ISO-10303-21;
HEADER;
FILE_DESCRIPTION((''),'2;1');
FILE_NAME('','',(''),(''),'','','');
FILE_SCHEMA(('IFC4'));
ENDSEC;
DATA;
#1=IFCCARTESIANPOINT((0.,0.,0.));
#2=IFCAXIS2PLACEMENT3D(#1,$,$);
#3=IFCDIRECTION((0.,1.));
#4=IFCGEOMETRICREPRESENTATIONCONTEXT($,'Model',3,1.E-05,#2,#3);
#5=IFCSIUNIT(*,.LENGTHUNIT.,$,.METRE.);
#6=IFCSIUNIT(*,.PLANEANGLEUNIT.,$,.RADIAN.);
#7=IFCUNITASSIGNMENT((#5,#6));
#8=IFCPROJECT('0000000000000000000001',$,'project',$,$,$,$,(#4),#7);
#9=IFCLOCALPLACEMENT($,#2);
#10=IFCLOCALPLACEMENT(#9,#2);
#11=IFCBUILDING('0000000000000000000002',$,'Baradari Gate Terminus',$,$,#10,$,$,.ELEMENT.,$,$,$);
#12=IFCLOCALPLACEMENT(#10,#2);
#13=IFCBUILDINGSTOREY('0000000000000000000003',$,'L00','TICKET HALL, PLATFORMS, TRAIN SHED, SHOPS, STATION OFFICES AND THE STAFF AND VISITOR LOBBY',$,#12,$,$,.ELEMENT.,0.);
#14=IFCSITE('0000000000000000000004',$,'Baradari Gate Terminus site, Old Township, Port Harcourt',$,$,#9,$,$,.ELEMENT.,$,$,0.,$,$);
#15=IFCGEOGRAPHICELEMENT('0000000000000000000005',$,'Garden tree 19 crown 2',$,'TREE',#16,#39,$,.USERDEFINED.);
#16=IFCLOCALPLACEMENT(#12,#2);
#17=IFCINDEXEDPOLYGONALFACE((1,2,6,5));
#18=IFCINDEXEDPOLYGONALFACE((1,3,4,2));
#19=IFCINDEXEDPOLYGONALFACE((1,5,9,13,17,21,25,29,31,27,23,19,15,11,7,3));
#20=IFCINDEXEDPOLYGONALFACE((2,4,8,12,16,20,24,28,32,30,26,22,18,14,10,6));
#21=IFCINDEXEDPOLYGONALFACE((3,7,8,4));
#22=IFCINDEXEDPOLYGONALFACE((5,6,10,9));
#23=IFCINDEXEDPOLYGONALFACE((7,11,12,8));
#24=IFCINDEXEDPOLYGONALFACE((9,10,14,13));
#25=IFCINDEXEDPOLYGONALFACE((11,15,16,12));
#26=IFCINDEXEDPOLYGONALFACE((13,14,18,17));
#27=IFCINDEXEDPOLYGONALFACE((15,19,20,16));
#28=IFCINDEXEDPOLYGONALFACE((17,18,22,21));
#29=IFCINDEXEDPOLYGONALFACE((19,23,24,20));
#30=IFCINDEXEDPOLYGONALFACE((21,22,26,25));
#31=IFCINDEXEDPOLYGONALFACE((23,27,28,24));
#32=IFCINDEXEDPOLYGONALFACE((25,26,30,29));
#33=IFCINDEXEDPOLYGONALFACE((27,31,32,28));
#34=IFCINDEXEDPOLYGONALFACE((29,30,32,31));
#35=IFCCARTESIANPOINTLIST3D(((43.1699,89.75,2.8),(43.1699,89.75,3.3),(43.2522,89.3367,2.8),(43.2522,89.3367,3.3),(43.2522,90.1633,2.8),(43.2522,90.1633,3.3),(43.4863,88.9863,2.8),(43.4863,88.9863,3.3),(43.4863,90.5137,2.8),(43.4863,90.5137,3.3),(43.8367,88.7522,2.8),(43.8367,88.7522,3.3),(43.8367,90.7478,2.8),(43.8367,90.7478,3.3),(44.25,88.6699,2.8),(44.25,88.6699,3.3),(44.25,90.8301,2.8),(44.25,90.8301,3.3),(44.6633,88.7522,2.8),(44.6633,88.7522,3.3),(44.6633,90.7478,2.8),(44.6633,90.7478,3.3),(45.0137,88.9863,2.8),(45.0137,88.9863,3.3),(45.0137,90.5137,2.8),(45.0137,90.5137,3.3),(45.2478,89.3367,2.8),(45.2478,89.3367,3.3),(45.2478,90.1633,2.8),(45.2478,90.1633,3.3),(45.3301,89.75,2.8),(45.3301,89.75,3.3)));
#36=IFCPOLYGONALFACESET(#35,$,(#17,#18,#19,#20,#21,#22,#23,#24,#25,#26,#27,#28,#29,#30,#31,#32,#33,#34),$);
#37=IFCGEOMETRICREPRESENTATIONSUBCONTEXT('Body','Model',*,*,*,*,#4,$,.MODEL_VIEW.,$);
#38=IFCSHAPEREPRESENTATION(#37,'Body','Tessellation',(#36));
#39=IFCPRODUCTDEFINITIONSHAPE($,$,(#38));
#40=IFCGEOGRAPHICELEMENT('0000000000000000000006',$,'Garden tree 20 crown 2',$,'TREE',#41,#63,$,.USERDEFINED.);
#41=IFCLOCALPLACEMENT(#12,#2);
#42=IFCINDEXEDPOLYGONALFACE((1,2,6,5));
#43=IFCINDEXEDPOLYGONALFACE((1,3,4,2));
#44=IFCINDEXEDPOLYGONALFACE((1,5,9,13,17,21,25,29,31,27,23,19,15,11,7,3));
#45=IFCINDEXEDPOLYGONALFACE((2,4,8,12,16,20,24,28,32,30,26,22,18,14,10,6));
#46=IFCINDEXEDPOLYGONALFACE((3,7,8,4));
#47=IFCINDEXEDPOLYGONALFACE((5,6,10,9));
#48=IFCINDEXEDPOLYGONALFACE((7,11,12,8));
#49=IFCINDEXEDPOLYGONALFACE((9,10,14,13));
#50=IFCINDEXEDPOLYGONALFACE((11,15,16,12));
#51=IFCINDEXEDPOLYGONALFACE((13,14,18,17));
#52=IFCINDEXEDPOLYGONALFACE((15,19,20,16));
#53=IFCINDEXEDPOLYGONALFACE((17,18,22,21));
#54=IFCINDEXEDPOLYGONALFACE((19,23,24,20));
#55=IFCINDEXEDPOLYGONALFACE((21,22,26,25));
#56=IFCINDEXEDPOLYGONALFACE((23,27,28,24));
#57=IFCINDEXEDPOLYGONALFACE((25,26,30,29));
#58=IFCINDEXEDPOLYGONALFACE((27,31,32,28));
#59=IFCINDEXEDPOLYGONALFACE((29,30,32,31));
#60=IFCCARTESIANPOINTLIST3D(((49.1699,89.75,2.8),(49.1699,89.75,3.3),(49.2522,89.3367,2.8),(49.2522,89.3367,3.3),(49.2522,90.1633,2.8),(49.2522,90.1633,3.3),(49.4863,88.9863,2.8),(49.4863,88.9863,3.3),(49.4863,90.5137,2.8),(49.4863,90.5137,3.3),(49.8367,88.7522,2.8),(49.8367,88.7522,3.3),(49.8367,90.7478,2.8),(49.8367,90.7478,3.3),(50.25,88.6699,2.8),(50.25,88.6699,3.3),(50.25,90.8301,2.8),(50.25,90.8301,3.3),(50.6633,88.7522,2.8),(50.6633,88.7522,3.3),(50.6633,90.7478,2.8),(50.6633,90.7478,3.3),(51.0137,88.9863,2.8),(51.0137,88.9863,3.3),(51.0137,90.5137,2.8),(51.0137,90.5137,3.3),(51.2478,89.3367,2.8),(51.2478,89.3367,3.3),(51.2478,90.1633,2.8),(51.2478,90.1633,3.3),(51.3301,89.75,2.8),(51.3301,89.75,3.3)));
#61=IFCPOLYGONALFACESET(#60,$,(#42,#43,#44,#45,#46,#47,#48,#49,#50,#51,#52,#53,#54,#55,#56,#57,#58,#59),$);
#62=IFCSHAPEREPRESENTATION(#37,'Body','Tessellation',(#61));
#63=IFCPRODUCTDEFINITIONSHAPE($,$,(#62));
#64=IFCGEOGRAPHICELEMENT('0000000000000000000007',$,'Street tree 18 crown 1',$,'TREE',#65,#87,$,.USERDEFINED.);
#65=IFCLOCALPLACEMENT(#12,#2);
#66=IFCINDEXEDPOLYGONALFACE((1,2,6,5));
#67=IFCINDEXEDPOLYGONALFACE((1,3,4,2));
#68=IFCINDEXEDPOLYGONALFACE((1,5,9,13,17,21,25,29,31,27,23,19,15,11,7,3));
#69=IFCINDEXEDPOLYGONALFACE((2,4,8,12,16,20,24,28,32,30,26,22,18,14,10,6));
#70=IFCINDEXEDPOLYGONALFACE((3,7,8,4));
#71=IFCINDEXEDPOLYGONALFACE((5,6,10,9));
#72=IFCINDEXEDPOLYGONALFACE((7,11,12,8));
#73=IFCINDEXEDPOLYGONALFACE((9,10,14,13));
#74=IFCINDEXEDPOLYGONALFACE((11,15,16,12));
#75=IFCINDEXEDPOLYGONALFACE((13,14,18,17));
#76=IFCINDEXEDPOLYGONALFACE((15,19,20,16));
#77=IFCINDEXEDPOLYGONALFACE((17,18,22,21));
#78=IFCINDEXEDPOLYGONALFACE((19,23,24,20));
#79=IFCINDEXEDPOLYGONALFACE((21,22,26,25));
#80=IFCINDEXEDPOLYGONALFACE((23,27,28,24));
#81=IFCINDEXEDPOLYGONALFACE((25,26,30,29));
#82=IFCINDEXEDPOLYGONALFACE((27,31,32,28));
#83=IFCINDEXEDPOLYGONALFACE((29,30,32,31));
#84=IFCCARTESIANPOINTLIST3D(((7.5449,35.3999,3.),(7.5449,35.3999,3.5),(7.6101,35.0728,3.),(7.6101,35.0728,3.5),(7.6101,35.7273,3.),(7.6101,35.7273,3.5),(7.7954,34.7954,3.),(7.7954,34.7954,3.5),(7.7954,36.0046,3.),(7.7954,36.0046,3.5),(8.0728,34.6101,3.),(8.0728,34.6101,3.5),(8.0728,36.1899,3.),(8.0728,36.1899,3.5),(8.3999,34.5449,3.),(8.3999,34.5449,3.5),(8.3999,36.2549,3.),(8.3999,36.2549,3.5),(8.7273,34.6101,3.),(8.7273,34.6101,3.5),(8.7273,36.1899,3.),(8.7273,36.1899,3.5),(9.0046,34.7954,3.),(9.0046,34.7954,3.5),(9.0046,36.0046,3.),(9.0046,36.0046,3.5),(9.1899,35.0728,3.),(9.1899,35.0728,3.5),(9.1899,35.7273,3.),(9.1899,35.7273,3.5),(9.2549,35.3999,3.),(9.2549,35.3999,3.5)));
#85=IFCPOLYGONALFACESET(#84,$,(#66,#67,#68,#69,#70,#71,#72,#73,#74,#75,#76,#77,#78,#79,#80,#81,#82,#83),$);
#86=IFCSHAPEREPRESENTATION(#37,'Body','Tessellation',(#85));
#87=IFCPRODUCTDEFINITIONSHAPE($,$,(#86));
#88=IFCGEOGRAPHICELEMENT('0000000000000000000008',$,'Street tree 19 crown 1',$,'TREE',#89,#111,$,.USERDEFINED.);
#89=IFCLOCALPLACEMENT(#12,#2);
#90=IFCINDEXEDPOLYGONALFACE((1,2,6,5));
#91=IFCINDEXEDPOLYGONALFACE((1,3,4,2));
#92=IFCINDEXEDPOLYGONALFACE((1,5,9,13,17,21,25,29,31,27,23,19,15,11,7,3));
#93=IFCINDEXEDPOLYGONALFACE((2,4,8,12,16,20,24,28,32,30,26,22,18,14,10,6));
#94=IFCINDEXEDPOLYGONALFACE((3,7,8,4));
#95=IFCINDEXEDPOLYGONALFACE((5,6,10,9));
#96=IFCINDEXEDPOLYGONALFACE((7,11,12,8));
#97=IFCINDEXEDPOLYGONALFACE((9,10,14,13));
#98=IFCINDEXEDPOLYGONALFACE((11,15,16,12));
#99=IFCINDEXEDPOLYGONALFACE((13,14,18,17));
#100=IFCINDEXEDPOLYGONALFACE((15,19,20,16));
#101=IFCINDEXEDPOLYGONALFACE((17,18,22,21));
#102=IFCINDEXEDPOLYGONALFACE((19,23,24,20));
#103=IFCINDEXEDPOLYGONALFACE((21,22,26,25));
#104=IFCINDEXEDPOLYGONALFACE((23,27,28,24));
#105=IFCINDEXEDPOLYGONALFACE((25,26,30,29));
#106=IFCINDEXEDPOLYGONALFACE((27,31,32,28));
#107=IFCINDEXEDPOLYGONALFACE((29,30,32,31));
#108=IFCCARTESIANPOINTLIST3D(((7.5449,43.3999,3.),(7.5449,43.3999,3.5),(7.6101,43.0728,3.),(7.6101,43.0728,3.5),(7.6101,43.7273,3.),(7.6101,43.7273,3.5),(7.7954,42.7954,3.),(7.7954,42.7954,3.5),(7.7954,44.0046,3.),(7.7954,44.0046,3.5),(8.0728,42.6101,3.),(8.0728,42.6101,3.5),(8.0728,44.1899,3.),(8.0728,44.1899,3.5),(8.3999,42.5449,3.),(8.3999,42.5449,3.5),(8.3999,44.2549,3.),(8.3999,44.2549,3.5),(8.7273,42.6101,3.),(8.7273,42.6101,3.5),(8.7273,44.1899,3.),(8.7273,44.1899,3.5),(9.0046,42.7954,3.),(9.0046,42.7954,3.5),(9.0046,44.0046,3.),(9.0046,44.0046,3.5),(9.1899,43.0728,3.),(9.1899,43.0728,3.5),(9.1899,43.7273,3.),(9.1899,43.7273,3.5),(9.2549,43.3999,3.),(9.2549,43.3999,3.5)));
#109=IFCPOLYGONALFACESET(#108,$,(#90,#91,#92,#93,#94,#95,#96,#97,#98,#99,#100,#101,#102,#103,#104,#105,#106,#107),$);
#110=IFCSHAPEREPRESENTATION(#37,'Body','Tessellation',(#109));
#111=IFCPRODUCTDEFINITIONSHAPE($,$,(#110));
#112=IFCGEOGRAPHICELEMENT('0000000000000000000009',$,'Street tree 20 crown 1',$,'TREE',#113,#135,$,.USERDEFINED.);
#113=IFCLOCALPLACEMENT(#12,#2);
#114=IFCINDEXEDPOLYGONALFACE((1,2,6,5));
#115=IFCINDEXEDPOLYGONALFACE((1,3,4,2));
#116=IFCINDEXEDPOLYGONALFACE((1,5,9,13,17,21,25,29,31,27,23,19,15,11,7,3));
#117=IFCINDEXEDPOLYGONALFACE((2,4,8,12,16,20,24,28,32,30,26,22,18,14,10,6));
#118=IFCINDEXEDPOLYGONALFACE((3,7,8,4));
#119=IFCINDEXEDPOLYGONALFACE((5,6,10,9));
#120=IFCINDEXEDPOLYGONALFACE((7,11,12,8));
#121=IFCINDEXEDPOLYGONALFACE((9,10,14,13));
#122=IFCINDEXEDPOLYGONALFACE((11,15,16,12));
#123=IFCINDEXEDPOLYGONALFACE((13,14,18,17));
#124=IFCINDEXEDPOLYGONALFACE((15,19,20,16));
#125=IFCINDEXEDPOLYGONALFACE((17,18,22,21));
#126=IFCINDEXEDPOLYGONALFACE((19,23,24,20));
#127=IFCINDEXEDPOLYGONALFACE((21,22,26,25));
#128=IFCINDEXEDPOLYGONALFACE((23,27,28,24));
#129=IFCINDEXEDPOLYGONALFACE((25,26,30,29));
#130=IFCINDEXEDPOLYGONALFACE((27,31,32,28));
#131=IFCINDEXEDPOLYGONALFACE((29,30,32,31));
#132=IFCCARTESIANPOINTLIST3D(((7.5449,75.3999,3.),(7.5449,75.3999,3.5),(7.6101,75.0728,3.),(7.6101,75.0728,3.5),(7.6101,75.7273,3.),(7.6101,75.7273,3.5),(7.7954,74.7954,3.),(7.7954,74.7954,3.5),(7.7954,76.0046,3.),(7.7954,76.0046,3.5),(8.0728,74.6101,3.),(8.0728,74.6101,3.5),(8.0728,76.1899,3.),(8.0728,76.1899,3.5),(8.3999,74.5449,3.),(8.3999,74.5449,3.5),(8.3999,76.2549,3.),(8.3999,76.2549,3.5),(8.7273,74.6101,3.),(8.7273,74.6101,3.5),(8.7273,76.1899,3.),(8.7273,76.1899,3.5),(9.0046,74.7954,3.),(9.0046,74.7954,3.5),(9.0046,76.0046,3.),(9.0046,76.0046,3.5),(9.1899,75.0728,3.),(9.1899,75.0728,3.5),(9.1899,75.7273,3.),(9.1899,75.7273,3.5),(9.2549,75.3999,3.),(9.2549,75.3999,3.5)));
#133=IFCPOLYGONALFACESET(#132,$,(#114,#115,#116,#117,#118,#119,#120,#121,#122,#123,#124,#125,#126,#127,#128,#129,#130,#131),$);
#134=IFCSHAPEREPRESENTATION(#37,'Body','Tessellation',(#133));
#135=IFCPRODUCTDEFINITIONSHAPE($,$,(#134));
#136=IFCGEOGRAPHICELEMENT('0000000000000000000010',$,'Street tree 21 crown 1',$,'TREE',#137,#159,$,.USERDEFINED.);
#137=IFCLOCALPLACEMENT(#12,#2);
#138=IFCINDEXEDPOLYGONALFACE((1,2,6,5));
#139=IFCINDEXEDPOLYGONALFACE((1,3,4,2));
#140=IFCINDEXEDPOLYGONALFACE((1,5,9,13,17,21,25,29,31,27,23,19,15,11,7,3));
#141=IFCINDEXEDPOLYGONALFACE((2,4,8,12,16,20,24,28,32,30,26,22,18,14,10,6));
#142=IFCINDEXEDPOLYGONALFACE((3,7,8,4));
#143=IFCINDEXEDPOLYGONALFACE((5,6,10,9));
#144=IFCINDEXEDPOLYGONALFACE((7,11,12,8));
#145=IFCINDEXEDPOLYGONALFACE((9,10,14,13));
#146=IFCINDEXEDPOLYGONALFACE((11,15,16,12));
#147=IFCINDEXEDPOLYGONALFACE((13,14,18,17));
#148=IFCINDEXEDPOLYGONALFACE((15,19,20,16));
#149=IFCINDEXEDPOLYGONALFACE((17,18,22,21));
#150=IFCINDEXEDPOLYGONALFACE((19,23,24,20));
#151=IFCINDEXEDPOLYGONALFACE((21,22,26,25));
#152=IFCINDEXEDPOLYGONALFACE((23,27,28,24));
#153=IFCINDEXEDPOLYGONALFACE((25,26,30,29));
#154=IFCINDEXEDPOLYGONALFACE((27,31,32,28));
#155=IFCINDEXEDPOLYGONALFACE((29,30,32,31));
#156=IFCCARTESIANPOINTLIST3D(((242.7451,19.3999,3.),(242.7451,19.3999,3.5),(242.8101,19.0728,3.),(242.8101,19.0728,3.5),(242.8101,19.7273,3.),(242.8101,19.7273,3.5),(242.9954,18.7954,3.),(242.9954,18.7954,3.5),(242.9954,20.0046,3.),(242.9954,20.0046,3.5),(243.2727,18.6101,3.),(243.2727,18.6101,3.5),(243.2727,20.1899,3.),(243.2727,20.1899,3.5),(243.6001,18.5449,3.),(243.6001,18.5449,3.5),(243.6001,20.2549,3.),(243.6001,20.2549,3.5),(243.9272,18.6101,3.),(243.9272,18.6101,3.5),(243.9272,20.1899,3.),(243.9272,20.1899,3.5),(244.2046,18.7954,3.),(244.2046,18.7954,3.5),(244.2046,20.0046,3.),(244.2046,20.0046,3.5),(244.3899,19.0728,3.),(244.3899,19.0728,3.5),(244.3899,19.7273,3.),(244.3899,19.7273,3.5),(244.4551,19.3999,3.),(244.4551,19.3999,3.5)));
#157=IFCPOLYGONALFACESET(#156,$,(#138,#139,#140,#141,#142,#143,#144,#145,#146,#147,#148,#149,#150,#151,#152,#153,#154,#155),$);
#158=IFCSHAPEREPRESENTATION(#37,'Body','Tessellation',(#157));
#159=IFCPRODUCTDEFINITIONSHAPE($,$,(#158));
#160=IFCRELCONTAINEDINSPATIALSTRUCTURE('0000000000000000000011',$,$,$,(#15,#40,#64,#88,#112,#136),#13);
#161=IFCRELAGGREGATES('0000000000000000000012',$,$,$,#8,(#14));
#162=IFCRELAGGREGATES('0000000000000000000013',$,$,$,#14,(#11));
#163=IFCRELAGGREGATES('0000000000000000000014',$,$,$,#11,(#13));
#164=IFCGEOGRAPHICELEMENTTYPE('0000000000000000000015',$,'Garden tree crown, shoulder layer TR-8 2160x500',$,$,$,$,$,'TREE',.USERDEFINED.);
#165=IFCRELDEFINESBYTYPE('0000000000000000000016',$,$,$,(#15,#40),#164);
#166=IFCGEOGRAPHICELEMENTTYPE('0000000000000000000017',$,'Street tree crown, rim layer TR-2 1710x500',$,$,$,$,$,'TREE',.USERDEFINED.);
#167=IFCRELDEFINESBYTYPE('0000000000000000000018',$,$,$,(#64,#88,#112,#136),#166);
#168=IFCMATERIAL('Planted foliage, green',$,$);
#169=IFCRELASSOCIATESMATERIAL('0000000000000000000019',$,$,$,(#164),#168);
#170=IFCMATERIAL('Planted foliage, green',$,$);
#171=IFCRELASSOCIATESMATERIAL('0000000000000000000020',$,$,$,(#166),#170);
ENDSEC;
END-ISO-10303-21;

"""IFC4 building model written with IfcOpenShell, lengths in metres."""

from ifc_helpers import new_model, si_unit, direction, frame, origin, place, context, subcontext, project, spatial, polyline, outline, extrude, material, type_object, element, save


model = new_model("IFC4")

# Units and contexts
model_context = context("Model", 3, precision=1e-05, world=origin(), true_north=direction((0.0, 1.0)))
body_context = subcontext(model_context, "Body", "Model", "MODEL_VIEW")
ifc_project = project(units=[si_unit("LENGTHUNIT", "METRE"), si_unit("PLANEANGLEUNIT", "RADIAN")], contexts=[model_context])

# Site, building, storey
site_placement = place(None, origin())
site = spatial("IfcSite", under=ifc_project, at=site_placement, Name="Baradari Gate Terminus site, Old Township, Port Harcourt", CompositionType="ELEMENT", RefElevation=0.0)
building_placement = place(site_placement, origin())
building = spatial("IfcBuilding", under=site, at=building_placement, Name="Baradari Gate Terminus", CompositionType="ELEMENT")
storey_placement = place(building_placement, origin())
storey = spatial("IfcBuildingStorey", under=building, at=storey_placement, Name="L00", Description="TICKET HALL, PLATFORMS, TRAIN SHED, SHOPS, STATION OFFICES AND THE STAFF AND VISITOR LOBBY", CompositionType="ELEMENT", Elevation=0.0)

# Geographic elements
ifc_material_1 = material(Name="Planted foliage, green")
geographic_element_type_1 = type_object("IfcGeographicElementType", Name="Garden tree crown, shoulder layer TR-8 2160x500", ElementType="TREE", PredefinedType="USERDEFINED", material=ifc_material_1)
geographic_element_1_placement = place(storey_placement, frame((0.0, 0.0, 2.8)))
element("IfcGeographicElement", 1, at=geographic_element_1_placement, inside=storey, type_object=geographic_element_type_1, Name="Garden tree 19 crown 2", ObjectType="TREE", PredefinedType="USERDEFINED", context=body_context, shape_type="SweptSolid", body=[
    extrude(outline(polyline([(45.3301, 89.75), (45.2478, 90.1633), (45.0137, 90.5137), (44.6633, 90.7478), (44.25, 90.8301), (43.8367, 90.7478), (43.4863, 90.5137), (43.2522, 90.1633), (43.1699, 89.75), (43.2522, 89.3367), (43.4863, 88.9863), (43.8367, 88.7522), (44.25, 88.6699), (44.6633, 88.7522), (45.0137, 88.9863), (45.2478, 89.3367), (45.3301, 89.75)])), origin(), (0.0, 0.0, 1.0), 0.5),
])
geographic_element_2_placement = place(storey_placement, frame((0.0, 0.0, 2.8)))
element("IfcGeographicElement", 2, at=geographic_element_2_placement, inside=storey, type_object=geographic_element_type_1, Name="Garden tree 20 crown 2", ObjectType="TREE", PredefinedType="USERDEFINED", context=body_context, shape_type="SweptSolid", body=[
    extrude(outline(polyline([(51.3301, 89.75), (51.2478, 90.1633), (51.0137, 90.5137), (50.6633, 90.7478), (50.25, 90.8301), (49.8367, 90.7478), (49.4863, 90.5137), (49.2522, 90.1633), (49.1699, 89.75), (49.2522, 89.3367), (49.4863, 88.9863), (49.8367, 88.7522), (50.25, 88.6699), (50.6633, 88.7522), (51.0137, 88.9863), (51.2478, 89.3367), (51.3301, 89.75)])), origin(), (0.0, 0.0, 1.0), 0.5),
])
ifc_material_2 = material(Name="Planted foliage, green")
geographic_element_type_2 = type_object("IfcGeographicElementType", Name="Street tree crown, rim layer TR-2 1710x500", ElementType="TREE", PredefinedType="USERDEFINED", material=ifc_material_2)
geographic_element_3_placement = place(storey_placement, frame((0.0, 0.0, 3.0)))
element("IfcGeographicElement", 3, at=geographic_element_3_placement, inside=storey, type_object=geographic_element_type_2, Name="Street tree 18 crown 1", ObjectType="TREE", PredefinedType="USERDEFINED", context=body_context, shape_type="SweptSolid", body=[
    extrude(outline(polyline([(9.2549, 35.3999), (9.1899, 35.7273), (9.0046, 36.0046), (8.7273, 36.1899), (8.3999, 36.2549), (8.0728, 36.1899), (7.7954, 36.0046), (7.6101, 35.7273), (7.5449, 35.3999), (7.6101, 35.0728), (7.7954, 34.7954), (8.0728, 34.6101), (8.3999, 34.5449), (8.7273, 34.6101), (9.0046, 34.7954), (9.1899, 35.0728), (9.2549, 35.3999)])), origin(), (0.0, 0.0, 1.0), 0.5),
])
geographic_element_4_placement = place(storey_placement, frame((0.0, 0.0, 3.0)))
element("IfcGeographicElement", 4, at=geographic_element_4_placement, inside=storey, type_object=geographic_element_type_2, Name="Street tree 19 crown 1", ObjectType="TREE", PredefinedType="USERDEFINED", context=body_context, shape_type="SweptSolid", body=[
    extrude(outline(polyline([(9.2549, 43.3999), (9.1899, 43.7273), (9.0046, 44.0046), (8.7273, 44.1899), (8.3999, 44.2549), (8.0728, 44.1899), (7.7954, 44.0046), (7.6101, 43.7273), (7.5449, 43.3999), (7.6101, 43.0728), (7.7954, 42.7954), (8.0728, 42.6101), (8.3999, 42.5449), (8.7273, 42.6101), (9.0046, 42.7954), (9.1899, 43.0728), (9.2549, 43.3999)])), origin(), (0.0, 0.0, 1.0), 0.5),
])
geographic_element_5_placement = place(storey_placement, frame((0.0, 0.0, 3.0)))
element("IfcGeographicElement", 5, at=geographic_element_5_placement, inside=storey, type_object=geographic_element_type_2, Name="Street tree 20 crown 1", ObjectType="TREE", PredefinedType="USERDEFINED", context=body_context, shape_type="SweptSolid", body=[
    extrude(outline(polyline([(9.2549, 75.3999), (9.1899, 75.7273), (9.0046, 76.0046), (8.7273, 76.1899), (8.3999, 76.2549), (8.0728, 76.1899), (7.7954, 76.0046), (7.6101, 75.7273), (7.5449, 75.3999), (7.6101, 75.0728), (7.7954, 74.7954), (8.0728, 74.6101), (8.3999, 74.5449), (8.7273, 74.6101), (9.0046, 74.7954), (9.1899, 75.0728), (9.2549, 75.3999)])), origin(), (0.0, 0.0, 1.0), 0.5),
])
geographic_element_6_placement = place(storey_placement, frame((0.0, 0.0, 3.0)))
element("IfcGeographicElement", 6, at=geographic_element_6_placement, inside=storey, type_object=geographic_element_type_2, Name="Street tree 21 crown 1", ObjectType="TREE", PredefinedType="USERDEFINED", context=body_context, shape_type="SweptSolid", body=[
    extrude(outline(polyline([(244.4551, 19.3999), (244.3899, 19.7273), (244.2046, 20.0046), (243.9272, 20.1899), (243.6001, 20.2549), (243.2727, 20.1899), (242.9954, 20.0046), (242.8101, 19.7273), (242.7451, 19.3999), (242.8101, 19.0728), (242.9954, 18.7954), (243.2727, 18.6101), (243.6001, 18.5449), (243.9272, 18.6101), (244.2046, 18.7954), (244.3899, 19.0728), (244.4551, 19.3999)])), origin(), (0.0, 0.0, 1.0), 0.5),
])

save(model, "model.ifc")
